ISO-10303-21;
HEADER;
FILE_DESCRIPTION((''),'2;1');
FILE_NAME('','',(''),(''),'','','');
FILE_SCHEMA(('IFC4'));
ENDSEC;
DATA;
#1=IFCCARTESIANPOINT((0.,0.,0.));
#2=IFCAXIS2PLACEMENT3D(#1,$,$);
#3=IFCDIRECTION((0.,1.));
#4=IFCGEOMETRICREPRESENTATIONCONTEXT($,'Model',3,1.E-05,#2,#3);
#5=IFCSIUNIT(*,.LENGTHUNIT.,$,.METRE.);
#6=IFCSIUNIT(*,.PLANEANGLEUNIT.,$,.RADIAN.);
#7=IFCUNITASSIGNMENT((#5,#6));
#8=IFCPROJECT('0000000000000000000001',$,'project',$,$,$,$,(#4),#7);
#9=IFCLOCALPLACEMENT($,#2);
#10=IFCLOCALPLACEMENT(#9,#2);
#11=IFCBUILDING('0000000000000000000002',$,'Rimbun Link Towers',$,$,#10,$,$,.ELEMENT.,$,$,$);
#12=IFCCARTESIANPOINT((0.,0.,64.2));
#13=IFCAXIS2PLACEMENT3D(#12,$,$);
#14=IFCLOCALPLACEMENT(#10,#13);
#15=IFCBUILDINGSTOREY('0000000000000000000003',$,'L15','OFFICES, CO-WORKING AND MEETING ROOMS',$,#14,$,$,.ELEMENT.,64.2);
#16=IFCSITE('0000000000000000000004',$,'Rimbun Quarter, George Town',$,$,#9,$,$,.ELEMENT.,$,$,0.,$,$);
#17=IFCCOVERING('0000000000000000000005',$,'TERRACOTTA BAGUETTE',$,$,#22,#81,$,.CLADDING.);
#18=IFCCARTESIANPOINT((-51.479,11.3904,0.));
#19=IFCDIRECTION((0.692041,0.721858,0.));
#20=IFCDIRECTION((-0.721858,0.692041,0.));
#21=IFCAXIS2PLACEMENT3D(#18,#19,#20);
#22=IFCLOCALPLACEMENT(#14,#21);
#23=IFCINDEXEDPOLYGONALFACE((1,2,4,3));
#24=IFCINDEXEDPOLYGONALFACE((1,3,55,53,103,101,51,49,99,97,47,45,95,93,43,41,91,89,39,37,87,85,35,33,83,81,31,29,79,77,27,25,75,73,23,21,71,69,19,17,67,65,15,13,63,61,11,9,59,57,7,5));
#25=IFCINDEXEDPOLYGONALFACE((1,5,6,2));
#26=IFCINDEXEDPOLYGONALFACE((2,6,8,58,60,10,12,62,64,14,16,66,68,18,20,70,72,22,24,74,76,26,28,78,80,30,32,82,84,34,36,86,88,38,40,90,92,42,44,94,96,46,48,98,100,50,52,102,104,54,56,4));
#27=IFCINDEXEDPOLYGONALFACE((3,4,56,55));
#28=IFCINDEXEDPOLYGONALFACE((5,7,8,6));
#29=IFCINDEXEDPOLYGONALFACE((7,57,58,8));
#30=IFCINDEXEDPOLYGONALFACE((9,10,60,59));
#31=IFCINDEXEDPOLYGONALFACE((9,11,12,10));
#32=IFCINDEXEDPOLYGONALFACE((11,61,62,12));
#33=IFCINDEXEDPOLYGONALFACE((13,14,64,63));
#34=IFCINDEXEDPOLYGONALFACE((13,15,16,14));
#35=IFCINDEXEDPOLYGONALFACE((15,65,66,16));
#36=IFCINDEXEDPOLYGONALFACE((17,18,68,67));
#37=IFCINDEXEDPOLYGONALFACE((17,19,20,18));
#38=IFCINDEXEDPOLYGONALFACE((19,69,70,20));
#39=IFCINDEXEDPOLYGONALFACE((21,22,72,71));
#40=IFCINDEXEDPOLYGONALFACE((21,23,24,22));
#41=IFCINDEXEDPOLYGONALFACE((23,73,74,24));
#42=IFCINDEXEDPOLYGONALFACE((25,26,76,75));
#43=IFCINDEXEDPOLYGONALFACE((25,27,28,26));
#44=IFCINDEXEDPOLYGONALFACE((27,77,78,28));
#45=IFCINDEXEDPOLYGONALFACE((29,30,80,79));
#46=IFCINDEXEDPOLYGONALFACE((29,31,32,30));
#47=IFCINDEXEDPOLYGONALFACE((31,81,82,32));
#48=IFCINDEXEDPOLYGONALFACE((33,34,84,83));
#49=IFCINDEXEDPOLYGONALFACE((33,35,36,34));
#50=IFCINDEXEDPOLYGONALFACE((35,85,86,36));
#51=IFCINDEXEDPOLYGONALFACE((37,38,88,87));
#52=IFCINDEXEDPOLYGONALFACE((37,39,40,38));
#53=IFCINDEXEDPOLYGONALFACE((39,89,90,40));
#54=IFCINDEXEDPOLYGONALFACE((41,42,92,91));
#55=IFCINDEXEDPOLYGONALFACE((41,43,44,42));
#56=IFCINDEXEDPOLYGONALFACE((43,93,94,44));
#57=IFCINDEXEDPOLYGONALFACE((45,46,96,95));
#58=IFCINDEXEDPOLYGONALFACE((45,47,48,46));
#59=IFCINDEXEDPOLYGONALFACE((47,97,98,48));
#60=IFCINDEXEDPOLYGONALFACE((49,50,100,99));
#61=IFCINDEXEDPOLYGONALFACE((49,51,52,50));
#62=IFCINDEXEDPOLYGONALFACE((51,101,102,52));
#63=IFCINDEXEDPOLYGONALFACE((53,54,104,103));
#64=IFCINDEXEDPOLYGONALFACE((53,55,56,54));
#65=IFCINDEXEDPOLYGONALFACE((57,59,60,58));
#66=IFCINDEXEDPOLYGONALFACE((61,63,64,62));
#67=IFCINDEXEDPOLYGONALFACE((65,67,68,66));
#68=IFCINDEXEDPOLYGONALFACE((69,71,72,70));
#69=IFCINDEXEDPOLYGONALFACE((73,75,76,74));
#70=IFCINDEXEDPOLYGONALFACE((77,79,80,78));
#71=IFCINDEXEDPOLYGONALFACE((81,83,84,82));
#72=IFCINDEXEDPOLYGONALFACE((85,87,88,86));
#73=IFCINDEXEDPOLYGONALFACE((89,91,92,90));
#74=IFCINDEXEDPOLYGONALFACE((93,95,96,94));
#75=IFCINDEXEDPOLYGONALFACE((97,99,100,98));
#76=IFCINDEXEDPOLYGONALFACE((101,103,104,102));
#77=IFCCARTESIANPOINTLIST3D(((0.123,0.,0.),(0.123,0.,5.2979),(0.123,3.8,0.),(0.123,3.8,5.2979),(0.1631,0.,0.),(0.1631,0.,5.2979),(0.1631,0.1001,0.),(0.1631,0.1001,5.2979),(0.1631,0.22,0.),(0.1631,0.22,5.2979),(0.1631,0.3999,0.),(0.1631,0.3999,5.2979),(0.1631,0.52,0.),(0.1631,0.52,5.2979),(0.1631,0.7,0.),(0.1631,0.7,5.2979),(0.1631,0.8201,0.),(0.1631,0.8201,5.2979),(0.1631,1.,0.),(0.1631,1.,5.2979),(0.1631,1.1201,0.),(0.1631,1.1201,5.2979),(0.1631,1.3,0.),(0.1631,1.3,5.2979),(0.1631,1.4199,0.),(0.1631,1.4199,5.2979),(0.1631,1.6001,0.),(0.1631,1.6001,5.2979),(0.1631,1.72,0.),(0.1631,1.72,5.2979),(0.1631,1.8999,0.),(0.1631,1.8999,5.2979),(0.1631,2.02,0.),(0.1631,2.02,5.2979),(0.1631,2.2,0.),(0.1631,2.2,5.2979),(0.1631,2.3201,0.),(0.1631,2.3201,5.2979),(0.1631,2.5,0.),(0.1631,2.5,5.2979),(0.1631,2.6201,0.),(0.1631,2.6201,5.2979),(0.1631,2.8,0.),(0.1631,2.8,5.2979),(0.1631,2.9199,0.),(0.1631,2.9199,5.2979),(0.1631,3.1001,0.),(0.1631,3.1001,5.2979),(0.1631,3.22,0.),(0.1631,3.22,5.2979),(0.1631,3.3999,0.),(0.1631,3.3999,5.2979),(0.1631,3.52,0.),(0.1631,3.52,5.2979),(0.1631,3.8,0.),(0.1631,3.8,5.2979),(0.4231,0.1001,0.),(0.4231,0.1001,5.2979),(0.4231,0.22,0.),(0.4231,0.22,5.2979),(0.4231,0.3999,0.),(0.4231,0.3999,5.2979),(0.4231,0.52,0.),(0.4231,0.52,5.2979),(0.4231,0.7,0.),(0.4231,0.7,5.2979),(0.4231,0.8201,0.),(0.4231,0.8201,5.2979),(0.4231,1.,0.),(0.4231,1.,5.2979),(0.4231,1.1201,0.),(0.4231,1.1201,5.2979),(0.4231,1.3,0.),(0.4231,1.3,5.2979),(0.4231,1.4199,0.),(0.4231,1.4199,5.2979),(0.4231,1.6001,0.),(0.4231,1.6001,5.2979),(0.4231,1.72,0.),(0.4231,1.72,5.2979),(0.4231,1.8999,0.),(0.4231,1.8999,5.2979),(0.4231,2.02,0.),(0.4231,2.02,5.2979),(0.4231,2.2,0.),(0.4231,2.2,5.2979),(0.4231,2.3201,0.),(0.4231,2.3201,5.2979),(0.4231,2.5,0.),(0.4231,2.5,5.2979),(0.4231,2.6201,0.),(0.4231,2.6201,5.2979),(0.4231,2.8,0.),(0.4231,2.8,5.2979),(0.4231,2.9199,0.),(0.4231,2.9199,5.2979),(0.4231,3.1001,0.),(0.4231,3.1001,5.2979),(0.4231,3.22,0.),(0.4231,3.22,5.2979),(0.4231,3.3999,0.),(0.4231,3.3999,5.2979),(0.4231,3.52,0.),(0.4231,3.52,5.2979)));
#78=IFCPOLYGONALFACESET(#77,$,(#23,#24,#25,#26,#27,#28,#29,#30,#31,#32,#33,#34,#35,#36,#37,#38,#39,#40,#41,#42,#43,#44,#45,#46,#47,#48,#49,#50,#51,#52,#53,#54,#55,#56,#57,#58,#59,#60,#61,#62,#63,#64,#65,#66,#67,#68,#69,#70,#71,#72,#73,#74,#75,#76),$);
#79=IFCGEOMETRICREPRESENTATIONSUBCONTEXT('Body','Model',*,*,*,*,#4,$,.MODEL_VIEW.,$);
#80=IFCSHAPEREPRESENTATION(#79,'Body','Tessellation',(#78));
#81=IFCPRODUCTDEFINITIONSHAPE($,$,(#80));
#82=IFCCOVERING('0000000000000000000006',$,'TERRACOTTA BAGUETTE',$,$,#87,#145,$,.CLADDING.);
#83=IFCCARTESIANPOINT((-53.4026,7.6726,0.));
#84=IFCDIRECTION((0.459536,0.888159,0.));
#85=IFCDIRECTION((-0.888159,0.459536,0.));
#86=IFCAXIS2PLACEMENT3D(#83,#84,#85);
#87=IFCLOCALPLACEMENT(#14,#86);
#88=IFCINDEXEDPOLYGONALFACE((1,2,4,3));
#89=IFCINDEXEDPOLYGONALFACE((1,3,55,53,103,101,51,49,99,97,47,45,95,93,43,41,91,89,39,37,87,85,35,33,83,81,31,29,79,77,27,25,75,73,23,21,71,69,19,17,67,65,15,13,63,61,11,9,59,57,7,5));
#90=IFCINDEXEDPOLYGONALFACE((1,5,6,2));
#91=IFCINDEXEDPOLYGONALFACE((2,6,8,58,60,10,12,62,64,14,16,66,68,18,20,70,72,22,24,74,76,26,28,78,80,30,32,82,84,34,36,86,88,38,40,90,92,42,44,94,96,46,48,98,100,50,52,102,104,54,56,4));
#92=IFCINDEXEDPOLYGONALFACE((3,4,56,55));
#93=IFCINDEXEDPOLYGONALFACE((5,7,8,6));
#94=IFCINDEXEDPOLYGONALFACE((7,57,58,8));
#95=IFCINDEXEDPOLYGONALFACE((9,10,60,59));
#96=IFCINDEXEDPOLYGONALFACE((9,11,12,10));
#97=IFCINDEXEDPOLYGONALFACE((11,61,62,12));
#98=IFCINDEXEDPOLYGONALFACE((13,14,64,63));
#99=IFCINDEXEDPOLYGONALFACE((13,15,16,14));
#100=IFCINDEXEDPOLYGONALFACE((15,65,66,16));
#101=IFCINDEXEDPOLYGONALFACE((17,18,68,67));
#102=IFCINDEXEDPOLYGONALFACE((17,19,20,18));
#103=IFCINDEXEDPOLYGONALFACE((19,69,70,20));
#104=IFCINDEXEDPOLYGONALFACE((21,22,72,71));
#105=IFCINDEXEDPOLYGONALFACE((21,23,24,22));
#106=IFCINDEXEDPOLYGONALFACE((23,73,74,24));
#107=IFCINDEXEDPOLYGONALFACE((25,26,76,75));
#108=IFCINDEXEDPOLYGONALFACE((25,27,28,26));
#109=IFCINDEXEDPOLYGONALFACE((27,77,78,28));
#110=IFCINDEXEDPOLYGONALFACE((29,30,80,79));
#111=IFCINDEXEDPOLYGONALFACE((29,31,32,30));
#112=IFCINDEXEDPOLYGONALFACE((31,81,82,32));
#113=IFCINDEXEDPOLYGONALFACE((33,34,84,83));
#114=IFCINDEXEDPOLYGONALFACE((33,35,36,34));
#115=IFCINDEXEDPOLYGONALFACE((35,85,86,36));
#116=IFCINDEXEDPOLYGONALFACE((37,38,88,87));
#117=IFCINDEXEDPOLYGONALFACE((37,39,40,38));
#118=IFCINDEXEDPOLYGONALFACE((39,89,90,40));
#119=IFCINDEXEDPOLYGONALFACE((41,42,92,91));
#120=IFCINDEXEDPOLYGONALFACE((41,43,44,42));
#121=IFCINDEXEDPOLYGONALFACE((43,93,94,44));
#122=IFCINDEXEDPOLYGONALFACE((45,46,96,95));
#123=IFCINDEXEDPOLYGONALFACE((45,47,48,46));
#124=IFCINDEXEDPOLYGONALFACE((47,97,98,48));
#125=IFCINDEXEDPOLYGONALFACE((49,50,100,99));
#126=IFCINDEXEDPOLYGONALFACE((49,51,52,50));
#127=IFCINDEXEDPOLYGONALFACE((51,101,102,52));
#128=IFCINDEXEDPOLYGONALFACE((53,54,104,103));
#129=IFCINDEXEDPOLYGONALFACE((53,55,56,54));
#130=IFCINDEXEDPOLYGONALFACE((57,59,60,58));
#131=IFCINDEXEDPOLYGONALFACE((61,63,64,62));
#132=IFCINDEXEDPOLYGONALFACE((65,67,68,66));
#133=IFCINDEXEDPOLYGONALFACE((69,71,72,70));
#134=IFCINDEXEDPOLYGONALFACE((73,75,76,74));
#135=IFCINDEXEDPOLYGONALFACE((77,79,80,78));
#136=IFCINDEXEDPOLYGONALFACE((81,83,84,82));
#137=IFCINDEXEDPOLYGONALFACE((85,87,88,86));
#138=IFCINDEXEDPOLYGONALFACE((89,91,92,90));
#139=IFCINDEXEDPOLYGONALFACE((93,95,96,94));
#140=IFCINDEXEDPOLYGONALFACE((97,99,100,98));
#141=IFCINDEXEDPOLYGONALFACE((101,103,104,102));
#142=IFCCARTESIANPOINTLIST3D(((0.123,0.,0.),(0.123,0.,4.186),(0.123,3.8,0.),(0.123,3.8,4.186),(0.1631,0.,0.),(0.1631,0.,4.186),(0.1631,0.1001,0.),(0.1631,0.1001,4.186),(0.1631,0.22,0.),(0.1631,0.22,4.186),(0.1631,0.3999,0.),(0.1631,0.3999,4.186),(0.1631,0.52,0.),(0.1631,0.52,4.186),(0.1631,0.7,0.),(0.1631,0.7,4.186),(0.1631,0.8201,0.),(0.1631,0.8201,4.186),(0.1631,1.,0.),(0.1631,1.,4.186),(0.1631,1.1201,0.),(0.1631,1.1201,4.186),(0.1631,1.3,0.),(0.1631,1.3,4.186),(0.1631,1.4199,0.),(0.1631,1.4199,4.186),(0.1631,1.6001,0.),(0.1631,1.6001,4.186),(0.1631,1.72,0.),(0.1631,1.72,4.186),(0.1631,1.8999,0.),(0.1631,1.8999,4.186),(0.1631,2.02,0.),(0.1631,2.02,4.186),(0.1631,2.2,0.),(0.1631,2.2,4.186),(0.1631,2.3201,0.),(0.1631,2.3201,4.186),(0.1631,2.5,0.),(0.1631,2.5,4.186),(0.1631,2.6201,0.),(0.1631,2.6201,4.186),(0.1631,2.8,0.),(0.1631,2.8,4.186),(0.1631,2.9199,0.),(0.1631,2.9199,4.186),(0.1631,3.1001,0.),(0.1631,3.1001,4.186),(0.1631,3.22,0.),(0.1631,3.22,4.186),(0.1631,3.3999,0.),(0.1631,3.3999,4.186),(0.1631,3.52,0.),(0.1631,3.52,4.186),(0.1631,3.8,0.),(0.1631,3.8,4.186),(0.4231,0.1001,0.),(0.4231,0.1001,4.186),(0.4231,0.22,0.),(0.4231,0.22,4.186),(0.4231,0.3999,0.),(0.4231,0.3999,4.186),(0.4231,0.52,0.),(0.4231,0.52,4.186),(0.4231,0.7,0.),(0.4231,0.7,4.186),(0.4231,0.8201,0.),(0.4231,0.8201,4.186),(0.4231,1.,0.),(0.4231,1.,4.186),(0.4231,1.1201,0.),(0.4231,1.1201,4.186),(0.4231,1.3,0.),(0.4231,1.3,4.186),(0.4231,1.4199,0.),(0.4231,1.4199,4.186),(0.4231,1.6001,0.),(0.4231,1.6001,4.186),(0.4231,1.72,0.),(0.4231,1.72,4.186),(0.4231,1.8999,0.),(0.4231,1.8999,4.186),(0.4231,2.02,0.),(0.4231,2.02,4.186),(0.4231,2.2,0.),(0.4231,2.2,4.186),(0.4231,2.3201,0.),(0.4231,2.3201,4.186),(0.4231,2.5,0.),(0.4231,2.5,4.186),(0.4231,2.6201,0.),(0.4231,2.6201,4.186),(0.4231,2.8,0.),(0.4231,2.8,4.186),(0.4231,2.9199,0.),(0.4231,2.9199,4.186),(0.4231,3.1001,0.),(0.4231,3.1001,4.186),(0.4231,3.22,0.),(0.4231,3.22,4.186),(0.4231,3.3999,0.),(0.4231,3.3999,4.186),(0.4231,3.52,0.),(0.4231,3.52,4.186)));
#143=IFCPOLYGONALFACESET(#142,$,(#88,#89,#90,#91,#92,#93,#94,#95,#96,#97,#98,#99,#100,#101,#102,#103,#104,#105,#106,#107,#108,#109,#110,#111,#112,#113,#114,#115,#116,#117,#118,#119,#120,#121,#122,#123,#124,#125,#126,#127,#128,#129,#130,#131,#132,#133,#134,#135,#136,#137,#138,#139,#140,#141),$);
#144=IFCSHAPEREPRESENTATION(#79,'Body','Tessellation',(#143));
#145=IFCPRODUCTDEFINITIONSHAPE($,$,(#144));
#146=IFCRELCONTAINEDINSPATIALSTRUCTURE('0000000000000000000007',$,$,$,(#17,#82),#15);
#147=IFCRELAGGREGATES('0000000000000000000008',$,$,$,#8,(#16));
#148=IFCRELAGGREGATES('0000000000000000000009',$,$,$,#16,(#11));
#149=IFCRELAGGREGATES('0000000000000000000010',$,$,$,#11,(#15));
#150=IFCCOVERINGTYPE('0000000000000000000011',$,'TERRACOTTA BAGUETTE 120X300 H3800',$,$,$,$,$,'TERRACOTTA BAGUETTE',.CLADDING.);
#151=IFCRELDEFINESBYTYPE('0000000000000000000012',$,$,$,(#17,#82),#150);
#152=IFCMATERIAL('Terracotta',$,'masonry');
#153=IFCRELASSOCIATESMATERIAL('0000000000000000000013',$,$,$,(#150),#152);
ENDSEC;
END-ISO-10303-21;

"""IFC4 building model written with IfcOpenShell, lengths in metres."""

from ifc_helpers import new_model, si_unit, direction, frame, origin, place, context, subcontext, project, spatial, polyline, outline, extrude, material, material_profile, profile_set, type_object, element, save


model = new_model("IFC4")

# Units and contexts
model_context = context("Model", 3, precision=1e-05, world=origin(), true_north=direction((0.0, 1.0)))
body_context = subcontext(model_context, "Body", "Model", "MODEL_VIEW")
ifc_project = project(units=[si_unit("LENGTHUNIT", "METRE"), si_unit("PLANEANGLEUNIT", "RADIAN")], contexts=[model_context])

# Site, building, storey
site_placement = place(None, origin())
site = spatial("IfcSite", under=ifc_project, at=site_placement, Name="Rimbun Quarter, George Town", CompositionType="ELEMENT", RefElevation=0.0)
building_placement = place(site_placement, origin())
building = spatial("IfcBuilding", under=site, at=building_placement, Name="Rimbun Link Towers", CompositionType="ELEMENT")
storey_placement = place(building_placement, frame((0.0, 0.0, 64.2)))
storey = spatial("IfcBuildingStorey", under=building, at=storey_placement, Name="L15", Description="OFFICES, CO-WORKING AND MEETING ROOMS", CompositionType="ELEMENT", Elevation=64.2)

# Coverings
ifc_material_1 = material(Name="Terracotta", Category="masonry")
ifc_material_profile_1 = material_profile(ifc_material_1, outline(polyline([(0.123, 0.0), (0.1631, 0.0), (0.1631, 0.1001), (0.4231, 0.1001), (0.4231, 0.22), (0.1631, 0.22), (0.1631, 0.3999), (0.4231, 0.3999), (0.4231, 0.52), (0.1631, 0.52), (0.1631, 0.7), (0.4231, 0.7), (0.4231, 0.8201), (0.1631, 0.8201), (0.1631, 1.0), (0.4231, 1.0), (0.4231, 1.1201), (0.1631, 1.1201), (0.1631, 1.3), (0.4231, 1.3), (0.4231, 1.4199), (0.1631, 1.4199), (0.1631, 1.6001), (0.4231, 1.6001), (0.4231, 1.72), (0.1631, 1.72), (0.1631, 1.8999), (0.4231, 1.8999), (0.4231, 2.02), (0.1631, 2.02), (0.1631, 2.2), (0.4231, 2.2), (0.4231, 2.3201), (0.1631, 2.3201), (0.1631, 2.5), (0.4231, 2.5), (0.4231, 2.6201), (0.1631, 2.6201), (0.1631, 2.8), (0.4231, 2.8), (0.4231, 2.9199), (0.1631, 2.9199), (0.1631, 3.1001), (0.4231, 3.1001), (0.4231, 3.22), (0.1631, 3.22), (0.1631, 3.3999), (0.4231, 3.3999), (0.4231, 3.52), (0.1631, 3.52), (0.1631, 3.8), (0.123, 3.8), (0.123, 0.0)])), Name="BAGUETTE 120X300")
ifc_profile_set_1 = profile_set([ifc_material_profile_1], Name="Terracotta")
covering_type = type_object("IfcCoveringType", Name="TERRACOTTA BAGUETTE 120X300 H3800", ElementType="TERRACOTTA BAGUETTE", PredefinedType="CLADDING", material=ifc_profile_set_1)
covering_1_placement = place(storey_placement, frame((-51.479, 11.3904, 0.0), z_axis=(0.692041, 0.721858, 0.0), x_axis=(-0.721858, 0.692041, 0.0)))
element("IfcCovering", 1, at=covering_1_placement, inside=storey, type_object=covering_type, Name="TERRACOTTA BAGUETTE", PredefinedType="CLADDING", context=body_context, shape_type="SweptSolid", body=[
    extrude(outline(polyline([(0.123, 0.0), (0.1631, 0.0), (0.1631, 0.1001), (0.4231, 0.1001), (0.4231, 0.22), (0.1631, 0.22), (0.1631, 0.3999), (0.4231, 0.3999), (0.4231, 0.52), (0.1631, 0.52), (0.1631, 0.7), (0.4231, 0.7), (0.4231, 0.8201), (0.1631, 0.8201), (0.1631, 1.0), (0.4231, 1.0), (0.4231, 1.1201), (0.1631, 1.1201), (0.1631, 1.3), (0.4231, 1.3), (0.4231, 1.4199), (0.1631, 1.4199), (0.1631, 1.6001), (0.4231, 1.6001), (0.4231, 1.72), (0.1631, 1.72), (0.1631, 1.8999), (0.4231, 1.8999), (0.4231, 2.02), (0.1631, 2.02), (0.1631, 2.2), (0.4231, 2.2), (0.4231, 2.3201), (0.1631, 2.3201), (0.1631, 2.5), (0.4231, 2.5), (0.4231, 2.6201), (0.1631, 2.6201), (0.1631, 2.8), (0.4231, 2.8), (0.4231, 2.9199), (0.1631, 2.9199), (0.1631, 3.1001), (0.4231, 3.1001), (0.4231, 3.22), (0.1631, 3.22), (0.1631, 3.3999), (0.4231, 3.3999), (0.4231, 3.52), (0.1631, 3.52), (0.1631, 3.8), (0.123, 3.8), (0.123, 0.0)])), origin(), (0.0, 0.0, 1.0), 5.2979),
])
covering_2_placement = place(storey_placement, frame((-53.4026, 7.6726, 0.0), z_axis=(0.459536, 0.888159, 0.0), x_axis=(-0.888159, 0.459536, 0.0)))
element("IfcCovering", 2, at=covering_2_placement, inside=storey, type_object=covering_type, Name="TERRACOTTA BAGUETTE", PredefinedType="CLADDING", context=body_context, shape_type="SweptSolid", body=[
    extrude(outline(polyline([(0.123, 0.0), (0.1631, 0.0), (0.1631, 0.1001), (0.4231, 0.1001), (0.4231, 0.22), (0.1631, 0.22), (0.1631, 0.3999), (0.4231, 0.3999), (0.4231, 0.52), (0.1631, 0.52), (0.1631, 0.7), (0.4231, 0.7), (0.4231, 0.8201), (0.1631, 0.8201), (0.1631, 1.0), (0.4231, 1.0), (0.4231, 1.1201), (0.1631, 1.1201), (0.1631, 1.3), (0.4231, 1.3), (0.4231, 1.4199), (0.1631, 1.4199), (0.1631, 1.6001), (0.4231, 1.6001), (0.4231, 1.72), (0.1631, 1.72), (0.1631, 1.8999), (0.4231, 1.8999), (0.4231, 2.02), (0.1631, 2.02), (0.1631, 2.2), (0.4231, 2.2), (0.4231, 2.3201), (0.1631, 2.3201), (0.1631, 2.5), (0.4231, 2.5), (0.4231, 2.6201), (0.1631, 2.6201), (0.1631, 2.8), (0.4231, 2.8), (0.4231, 2.9199), (0.1631, 2.9199), (0.1631, 3.1001), (0.4231, 3.1001), (0.4231, 3.22), (0.1631, 3.22), (0.1631, 3.3999), (0.4231, 3.3999), (0.4231, 3.52), (0.1631, 3.52), (0.1631, 3.8), (0.123, 3.8), (0.123, 0.0)])), origin(), (0.0, 0.0, 1.0), 4.186),
])

save(model, "model.ifc")
